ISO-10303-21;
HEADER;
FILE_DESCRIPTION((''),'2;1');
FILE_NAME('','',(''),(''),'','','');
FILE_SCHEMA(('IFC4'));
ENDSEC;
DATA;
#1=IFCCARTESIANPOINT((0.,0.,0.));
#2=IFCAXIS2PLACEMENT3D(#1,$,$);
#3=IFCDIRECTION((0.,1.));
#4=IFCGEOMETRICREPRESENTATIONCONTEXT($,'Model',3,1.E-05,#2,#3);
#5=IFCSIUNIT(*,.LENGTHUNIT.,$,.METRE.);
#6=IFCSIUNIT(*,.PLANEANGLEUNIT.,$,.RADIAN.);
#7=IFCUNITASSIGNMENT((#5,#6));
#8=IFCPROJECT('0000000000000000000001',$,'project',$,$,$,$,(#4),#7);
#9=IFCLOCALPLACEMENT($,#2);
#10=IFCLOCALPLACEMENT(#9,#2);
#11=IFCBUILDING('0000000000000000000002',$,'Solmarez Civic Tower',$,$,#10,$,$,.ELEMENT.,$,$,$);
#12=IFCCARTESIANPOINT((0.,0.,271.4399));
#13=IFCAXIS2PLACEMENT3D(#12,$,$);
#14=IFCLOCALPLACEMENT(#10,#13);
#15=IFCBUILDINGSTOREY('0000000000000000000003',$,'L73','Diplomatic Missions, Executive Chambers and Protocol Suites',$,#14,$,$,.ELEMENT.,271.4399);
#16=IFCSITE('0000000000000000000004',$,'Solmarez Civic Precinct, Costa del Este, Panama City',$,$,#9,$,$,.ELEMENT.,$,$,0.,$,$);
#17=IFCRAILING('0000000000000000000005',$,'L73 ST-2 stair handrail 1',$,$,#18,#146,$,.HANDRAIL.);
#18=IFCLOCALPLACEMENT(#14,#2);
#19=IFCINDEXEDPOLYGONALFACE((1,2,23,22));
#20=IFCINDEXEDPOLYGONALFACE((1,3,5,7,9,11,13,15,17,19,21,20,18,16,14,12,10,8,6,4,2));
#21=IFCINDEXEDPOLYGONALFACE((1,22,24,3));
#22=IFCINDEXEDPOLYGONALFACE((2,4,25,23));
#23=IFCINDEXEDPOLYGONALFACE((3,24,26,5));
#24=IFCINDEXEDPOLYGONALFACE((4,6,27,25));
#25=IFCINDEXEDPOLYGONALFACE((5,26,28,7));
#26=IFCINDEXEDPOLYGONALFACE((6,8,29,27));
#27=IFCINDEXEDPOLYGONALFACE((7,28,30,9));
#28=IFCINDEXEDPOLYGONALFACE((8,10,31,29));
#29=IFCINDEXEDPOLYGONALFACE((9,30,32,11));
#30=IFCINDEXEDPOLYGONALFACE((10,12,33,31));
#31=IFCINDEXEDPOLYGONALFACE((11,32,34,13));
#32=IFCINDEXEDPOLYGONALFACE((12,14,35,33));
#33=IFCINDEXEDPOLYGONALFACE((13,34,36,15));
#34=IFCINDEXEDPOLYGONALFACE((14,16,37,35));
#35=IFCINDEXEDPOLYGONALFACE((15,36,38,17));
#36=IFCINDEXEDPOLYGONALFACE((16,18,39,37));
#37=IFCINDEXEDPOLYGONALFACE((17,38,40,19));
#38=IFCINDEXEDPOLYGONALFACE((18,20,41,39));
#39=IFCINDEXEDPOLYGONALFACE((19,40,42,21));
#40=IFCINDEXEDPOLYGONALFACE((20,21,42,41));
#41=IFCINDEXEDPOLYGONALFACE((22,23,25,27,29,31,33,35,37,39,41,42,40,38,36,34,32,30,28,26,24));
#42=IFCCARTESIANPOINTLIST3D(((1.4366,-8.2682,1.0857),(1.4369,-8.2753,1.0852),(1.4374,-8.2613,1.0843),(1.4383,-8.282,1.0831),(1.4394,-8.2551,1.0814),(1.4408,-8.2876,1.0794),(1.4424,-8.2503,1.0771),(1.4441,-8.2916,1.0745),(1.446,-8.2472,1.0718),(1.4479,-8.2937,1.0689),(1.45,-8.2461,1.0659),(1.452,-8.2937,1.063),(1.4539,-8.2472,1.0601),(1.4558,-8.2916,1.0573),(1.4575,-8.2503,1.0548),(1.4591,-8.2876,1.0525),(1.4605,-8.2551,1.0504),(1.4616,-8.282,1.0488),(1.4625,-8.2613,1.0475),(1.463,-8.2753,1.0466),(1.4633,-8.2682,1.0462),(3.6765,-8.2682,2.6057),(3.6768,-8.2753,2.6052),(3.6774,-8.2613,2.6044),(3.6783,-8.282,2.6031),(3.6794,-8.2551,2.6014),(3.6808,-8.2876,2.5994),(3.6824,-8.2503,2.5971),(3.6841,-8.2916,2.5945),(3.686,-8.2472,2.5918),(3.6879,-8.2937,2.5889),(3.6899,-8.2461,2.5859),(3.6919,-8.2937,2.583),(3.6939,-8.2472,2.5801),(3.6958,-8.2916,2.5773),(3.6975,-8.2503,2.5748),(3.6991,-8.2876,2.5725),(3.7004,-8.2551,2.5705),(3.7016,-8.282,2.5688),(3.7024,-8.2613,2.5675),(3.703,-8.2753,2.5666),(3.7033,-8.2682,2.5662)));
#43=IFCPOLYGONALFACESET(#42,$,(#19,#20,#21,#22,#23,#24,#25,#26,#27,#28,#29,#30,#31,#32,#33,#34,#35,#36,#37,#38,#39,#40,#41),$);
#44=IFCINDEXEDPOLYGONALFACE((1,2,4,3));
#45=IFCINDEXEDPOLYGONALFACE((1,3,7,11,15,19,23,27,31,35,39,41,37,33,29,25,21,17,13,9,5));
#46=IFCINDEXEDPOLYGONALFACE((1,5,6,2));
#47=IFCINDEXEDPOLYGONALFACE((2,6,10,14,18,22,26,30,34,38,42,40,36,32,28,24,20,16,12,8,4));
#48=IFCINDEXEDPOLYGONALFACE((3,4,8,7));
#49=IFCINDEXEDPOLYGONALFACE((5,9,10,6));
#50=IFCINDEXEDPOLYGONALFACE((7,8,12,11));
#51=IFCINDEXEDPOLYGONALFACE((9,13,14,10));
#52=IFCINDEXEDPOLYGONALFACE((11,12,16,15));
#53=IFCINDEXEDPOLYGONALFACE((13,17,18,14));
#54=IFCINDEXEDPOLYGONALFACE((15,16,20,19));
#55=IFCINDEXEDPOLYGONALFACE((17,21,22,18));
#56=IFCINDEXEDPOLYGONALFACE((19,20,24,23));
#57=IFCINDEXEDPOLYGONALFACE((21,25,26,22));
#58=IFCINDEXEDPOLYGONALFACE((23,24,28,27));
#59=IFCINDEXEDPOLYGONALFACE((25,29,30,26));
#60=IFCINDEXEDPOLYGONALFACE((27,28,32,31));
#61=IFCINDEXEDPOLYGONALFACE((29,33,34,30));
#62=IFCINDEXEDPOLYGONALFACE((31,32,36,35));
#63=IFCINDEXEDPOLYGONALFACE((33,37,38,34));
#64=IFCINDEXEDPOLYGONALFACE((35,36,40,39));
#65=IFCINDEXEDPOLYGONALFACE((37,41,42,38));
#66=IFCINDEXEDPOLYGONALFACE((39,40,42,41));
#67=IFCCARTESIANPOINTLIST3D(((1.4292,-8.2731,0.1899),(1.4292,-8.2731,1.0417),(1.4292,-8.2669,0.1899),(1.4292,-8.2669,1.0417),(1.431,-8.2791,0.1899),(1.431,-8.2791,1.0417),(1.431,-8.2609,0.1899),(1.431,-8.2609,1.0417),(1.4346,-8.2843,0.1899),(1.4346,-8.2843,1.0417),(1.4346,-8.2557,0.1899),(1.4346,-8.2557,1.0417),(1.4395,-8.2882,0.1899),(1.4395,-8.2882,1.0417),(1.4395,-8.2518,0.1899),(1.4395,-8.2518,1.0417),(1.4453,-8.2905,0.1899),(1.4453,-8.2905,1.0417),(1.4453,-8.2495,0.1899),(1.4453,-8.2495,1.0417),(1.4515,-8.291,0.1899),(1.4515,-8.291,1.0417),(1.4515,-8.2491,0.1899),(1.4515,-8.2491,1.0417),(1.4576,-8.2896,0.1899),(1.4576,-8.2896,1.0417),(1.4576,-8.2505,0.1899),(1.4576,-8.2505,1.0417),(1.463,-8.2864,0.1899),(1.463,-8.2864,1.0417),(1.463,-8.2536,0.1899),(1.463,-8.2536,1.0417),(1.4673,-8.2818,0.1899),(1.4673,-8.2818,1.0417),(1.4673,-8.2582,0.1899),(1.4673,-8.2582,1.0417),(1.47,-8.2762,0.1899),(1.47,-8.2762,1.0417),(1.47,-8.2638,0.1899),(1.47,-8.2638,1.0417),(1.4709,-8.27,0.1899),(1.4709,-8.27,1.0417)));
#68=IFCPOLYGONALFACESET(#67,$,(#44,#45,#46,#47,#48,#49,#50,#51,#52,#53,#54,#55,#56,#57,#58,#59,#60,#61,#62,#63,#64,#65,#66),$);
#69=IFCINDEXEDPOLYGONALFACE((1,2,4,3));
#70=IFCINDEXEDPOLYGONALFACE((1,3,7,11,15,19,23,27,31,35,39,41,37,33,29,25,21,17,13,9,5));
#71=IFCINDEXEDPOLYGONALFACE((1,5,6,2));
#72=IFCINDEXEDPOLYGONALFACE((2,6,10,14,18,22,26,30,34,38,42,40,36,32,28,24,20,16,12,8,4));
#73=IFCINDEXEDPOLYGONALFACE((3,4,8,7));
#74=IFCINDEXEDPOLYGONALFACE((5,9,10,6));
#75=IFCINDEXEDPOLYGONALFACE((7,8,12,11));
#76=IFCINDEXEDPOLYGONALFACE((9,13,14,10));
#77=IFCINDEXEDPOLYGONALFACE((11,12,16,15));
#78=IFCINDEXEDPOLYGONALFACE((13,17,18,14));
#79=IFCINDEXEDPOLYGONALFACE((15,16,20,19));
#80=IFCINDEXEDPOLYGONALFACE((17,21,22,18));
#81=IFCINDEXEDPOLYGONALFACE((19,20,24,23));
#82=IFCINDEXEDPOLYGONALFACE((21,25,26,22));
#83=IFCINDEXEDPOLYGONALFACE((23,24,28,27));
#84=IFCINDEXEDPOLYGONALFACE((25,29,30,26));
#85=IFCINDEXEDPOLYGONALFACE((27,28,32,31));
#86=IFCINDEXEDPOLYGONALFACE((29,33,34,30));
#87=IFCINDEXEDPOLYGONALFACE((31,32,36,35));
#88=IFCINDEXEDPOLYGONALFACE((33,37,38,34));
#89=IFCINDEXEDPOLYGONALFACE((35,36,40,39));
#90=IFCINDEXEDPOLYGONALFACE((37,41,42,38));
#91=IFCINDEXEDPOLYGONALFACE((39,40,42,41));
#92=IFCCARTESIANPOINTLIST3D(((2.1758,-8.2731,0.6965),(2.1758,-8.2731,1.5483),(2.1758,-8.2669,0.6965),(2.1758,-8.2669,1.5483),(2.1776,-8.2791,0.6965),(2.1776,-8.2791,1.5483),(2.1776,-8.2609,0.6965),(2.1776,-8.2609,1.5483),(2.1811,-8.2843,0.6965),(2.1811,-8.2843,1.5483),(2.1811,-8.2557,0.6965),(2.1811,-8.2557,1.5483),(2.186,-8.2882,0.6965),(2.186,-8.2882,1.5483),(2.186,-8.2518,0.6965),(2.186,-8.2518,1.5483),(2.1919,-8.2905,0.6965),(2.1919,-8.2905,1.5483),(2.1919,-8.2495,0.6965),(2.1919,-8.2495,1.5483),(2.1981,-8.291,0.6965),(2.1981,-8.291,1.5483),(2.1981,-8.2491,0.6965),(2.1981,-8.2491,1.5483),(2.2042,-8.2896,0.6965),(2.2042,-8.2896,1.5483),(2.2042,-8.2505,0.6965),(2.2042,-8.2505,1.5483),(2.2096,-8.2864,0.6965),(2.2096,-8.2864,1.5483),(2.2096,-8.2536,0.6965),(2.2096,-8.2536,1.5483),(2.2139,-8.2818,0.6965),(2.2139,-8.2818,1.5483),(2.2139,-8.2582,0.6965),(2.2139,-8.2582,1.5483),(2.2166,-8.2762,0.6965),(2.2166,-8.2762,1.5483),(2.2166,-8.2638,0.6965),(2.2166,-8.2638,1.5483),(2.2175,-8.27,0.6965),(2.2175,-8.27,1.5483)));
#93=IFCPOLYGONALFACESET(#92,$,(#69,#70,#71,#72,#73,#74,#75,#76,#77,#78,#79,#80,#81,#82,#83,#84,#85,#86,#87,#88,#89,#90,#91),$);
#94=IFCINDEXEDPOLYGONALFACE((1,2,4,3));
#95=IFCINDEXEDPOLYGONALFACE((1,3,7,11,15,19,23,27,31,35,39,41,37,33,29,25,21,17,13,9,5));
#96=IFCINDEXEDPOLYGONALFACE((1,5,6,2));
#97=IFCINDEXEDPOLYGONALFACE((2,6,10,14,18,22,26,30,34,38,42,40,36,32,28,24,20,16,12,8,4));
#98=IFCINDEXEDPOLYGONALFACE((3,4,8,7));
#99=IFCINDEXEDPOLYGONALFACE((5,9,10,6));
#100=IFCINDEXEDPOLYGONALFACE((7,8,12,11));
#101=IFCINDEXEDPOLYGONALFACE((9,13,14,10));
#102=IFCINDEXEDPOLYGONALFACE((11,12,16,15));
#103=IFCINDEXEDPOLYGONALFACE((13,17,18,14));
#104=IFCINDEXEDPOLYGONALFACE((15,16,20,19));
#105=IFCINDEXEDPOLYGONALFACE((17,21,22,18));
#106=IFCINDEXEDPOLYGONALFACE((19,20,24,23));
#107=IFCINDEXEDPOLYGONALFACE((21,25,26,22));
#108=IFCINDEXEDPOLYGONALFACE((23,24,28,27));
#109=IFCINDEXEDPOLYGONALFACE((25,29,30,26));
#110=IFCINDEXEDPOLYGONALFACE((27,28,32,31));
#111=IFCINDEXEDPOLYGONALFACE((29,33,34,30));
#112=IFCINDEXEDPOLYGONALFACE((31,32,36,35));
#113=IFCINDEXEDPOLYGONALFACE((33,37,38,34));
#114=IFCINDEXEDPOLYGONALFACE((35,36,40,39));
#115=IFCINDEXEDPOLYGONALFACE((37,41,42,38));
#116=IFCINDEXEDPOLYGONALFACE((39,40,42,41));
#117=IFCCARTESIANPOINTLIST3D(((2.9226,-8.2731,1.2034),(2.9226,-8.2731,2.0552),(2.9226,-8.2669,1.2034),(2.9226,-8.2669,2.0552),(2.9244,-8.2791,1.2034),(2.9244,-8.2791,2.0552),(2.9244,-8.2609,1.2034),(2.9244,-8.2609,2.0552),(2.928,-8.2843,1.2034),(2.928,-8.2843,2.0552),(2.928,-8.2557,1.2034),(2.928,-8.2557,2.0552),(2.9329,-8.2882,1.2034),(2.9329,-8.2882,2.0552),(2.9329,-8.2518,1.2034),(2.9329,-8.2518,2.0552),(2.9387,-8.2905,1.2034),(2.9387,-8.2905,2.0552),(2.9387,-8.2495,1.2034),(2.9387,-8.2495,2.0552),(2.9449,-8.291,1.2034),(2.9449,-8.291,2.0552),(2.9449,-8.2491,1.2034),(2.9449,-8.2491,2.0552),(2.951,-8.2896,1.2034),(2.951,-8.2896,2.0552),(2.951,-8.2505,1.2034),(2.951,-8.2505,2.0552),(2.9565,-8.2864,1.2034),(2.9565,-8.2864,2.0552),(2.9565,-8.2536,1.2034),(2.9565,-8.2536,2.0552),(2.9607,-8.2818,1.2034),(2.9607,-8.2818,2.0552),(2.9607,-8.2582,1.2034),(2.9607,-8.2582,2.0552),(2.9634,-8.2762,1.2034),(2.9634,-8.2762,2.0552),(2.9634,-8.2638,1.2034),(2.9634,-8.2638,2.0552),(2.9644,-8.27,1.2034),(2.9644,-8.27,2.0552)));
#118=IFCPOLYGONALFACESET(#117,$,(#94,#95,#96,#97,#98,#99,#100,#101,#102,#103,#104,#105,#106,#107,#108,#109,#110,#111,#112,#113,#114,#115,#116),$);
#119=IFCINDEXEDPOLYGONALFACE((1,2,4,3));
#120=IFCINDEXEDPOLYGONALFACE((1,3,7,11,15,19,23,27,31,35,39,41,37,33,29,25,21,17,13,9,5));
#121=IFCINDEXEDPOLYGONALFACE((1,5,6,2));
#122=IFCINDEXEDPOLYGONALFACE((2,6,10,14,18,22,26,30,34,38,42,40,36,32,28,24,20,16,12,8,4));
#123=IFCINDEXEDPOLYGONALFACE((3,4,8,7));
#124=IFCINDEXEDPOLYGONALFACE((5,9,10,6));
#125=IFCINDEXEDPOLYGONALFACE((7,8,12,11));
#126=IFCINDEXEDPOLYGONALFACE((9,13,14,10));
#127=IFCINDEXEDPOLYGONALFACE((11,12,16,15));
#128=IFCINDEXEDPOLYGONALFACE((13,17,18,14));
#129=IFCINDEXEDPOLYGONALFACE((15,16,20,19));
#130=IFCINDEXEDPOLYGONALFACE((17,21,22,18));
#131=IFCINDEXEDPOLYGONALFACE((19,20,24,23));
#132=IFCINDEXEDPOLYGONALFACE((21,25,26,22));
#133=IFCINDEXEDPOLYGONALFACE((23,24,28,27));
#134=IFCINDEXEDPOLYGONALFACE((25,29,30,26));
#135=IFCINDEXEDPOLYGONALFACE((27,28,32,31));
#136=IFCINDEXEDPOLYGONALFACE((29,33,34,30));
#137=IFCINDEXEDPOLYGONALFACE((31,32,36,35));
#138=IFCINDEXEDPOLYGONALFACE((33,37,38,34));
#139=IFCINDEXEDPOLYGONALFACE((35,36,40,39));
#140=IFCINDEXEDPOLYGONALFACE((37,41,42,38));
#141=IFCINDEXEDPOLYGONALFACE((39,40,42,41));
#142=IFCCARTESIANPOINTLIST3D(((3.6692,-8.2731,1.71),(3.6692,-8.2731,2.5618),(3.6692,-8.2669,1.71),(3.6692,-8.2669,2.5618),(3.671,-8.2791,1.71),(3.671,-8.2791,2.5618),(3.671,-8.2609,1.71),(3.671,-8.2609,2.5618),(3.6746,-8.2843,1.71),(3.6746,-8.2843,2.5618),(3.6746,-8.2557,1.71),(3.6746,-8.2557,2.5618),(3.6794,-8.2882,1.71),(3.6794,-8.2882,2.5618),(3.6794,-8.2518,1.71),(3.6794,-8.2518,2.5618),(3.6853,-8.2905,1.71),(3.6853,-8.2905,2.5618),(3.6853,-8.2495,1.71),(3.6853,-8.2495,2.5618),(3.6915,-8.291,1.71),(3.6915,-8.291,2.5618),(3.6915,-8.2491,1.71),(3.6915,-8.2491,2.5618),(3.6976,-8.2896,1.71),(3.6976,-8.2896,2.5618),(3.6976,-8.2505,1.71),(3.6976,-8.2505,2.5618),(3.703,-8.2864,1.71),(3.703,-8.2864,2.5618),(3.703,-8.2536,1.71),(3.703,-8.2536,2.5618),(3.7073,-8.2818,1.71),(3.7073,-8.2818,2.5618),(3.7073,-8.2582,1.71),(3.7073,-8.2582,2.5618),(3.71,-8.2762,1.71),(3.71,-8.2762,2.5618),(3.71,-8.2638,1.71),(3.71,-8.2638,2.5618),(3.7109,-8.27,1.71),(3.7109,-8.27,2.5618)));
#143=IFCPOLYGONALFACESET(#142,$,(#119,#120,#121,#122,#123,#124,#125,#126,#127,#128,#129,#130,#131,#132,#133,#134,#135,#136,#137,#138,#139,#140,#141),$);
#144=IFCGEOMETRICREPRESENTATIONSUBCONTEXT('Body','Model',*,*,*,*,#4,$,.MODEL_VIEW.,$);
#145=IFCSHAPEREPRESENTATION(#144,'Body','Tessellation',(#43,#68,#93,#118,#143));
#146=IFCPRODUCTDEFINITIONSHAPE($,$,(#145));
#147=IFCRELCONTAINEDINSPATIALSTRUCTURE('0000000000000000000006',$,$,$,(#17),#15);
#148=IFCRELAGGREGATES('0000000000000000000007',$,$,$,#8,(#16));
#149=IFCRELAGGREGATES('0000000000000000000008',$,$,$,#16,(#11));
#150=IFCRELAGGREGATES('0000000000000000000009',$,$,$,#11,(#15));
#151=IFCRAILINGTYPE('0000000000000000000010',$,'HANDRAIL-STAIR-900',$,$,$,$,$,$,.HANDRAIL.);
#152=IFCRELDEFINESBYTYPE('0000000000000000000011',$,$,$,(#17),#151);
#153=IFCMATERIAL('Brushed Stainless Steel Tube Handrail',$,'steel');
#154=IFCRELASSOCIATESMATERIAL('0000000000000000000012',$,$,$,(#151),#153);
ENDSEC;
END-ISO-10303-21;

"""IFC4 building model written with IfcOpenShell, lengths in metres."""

from ifc_helpers import new_model, si_unit, direction, frame, origin, origin_2d, place, context, subcontext, project, spatial, circle, extrude, material, type_object, element, save


model = new_model("IFC4")

# Units and contexts
model_context = context("Model", 3, precision=1e-05, world=origin(), true_north=direction((0.0, 1.0)))
body_context = subcontext(model_context, "Body", "Model", "MODEL_VIEW")
ifc_project = project(units=[si_unit("LENGTHUNIT", "METRE"), si_unit("PLANEANGLEUNIT", "RADIAN")], contexts=[model_context])

# Site, building, storey
site_placement = place(None, origin())
site = spatial("IfcSite", under=ifc_project, at=site_placement, Name="Solmarez Civic Precinct, Costa del Este, Panama City", CompositionType="ELEMENT", RefElevation=0.0)
building_placement = place(site_placement, origin())
building = spatial("IfcBuilding", under=site, at=building_placement, Name="Solmarez Civic Tower", CompositionType="ELEMENT")
storey_placement = place(building_placement, frame((0.0, 0.0, 271.4399)))
storey = spatial("IfcBuildingStorey", under=building, at=storey_placement, Name="L73", Description="Diplomatic Missions, Executive Chambers and Protocol Suites", CompositionType="ELEMENT", Elevation=271.4399)

# Railing
ifc_material_1 = material(Name="Brushed Stainless Steel Tube Handrail", Category="steel")
railing_type_1 = type_object("IfcRailingType", Name="HANDRAIL-STAIR-900", PredefinedType="HANDRAIL", material=ifc_material_1)
railing_1_placement = place(storey_placement, frame((1.45, -8.27, 0.1899)))
element("IfcRailing", 1, at=railing_1_placement, inside=storey, type_object=railing_type_1, Name="L73 ST-2 stair handrail 1", PredefinedType="HANDRAIL", context=body_context, shape_type="SweptSolid", body=[
    extrude(circle(Radius=0.0239, at=origin_2d()), frame((0.0, 0.0, 0.876), z_axis=(0.827471, 0.0, 0.561508), x_axis=(0.0, 1.0, 0.0)), (0.0, 0.0, 1.0), 2.707),
    extrude(circle(Radius=0.021, at=origin_2d()), origin(), (0.0, 0.0, 1.0), 0.8518),
    extrude(circle(Radius=0.021, at=origin_2d()), frame((0.7466, 0.0, 0.5066)), (0.0, 0.0, 1.0), 0.8518),
    extrude(circle(Radius=0.021, at=origin_2d()), frame((1.4934, 0.0, 1.0134)), (0.0, 0.0, 1.0), 0.8518),
    extrude(circle(Radius=0.021, at=origin_2d()), frame((2.24, 0.0, 1.52)), (0.0, 0.0, 1.0), 0.8518),
])

save(model, "model.ifc")
